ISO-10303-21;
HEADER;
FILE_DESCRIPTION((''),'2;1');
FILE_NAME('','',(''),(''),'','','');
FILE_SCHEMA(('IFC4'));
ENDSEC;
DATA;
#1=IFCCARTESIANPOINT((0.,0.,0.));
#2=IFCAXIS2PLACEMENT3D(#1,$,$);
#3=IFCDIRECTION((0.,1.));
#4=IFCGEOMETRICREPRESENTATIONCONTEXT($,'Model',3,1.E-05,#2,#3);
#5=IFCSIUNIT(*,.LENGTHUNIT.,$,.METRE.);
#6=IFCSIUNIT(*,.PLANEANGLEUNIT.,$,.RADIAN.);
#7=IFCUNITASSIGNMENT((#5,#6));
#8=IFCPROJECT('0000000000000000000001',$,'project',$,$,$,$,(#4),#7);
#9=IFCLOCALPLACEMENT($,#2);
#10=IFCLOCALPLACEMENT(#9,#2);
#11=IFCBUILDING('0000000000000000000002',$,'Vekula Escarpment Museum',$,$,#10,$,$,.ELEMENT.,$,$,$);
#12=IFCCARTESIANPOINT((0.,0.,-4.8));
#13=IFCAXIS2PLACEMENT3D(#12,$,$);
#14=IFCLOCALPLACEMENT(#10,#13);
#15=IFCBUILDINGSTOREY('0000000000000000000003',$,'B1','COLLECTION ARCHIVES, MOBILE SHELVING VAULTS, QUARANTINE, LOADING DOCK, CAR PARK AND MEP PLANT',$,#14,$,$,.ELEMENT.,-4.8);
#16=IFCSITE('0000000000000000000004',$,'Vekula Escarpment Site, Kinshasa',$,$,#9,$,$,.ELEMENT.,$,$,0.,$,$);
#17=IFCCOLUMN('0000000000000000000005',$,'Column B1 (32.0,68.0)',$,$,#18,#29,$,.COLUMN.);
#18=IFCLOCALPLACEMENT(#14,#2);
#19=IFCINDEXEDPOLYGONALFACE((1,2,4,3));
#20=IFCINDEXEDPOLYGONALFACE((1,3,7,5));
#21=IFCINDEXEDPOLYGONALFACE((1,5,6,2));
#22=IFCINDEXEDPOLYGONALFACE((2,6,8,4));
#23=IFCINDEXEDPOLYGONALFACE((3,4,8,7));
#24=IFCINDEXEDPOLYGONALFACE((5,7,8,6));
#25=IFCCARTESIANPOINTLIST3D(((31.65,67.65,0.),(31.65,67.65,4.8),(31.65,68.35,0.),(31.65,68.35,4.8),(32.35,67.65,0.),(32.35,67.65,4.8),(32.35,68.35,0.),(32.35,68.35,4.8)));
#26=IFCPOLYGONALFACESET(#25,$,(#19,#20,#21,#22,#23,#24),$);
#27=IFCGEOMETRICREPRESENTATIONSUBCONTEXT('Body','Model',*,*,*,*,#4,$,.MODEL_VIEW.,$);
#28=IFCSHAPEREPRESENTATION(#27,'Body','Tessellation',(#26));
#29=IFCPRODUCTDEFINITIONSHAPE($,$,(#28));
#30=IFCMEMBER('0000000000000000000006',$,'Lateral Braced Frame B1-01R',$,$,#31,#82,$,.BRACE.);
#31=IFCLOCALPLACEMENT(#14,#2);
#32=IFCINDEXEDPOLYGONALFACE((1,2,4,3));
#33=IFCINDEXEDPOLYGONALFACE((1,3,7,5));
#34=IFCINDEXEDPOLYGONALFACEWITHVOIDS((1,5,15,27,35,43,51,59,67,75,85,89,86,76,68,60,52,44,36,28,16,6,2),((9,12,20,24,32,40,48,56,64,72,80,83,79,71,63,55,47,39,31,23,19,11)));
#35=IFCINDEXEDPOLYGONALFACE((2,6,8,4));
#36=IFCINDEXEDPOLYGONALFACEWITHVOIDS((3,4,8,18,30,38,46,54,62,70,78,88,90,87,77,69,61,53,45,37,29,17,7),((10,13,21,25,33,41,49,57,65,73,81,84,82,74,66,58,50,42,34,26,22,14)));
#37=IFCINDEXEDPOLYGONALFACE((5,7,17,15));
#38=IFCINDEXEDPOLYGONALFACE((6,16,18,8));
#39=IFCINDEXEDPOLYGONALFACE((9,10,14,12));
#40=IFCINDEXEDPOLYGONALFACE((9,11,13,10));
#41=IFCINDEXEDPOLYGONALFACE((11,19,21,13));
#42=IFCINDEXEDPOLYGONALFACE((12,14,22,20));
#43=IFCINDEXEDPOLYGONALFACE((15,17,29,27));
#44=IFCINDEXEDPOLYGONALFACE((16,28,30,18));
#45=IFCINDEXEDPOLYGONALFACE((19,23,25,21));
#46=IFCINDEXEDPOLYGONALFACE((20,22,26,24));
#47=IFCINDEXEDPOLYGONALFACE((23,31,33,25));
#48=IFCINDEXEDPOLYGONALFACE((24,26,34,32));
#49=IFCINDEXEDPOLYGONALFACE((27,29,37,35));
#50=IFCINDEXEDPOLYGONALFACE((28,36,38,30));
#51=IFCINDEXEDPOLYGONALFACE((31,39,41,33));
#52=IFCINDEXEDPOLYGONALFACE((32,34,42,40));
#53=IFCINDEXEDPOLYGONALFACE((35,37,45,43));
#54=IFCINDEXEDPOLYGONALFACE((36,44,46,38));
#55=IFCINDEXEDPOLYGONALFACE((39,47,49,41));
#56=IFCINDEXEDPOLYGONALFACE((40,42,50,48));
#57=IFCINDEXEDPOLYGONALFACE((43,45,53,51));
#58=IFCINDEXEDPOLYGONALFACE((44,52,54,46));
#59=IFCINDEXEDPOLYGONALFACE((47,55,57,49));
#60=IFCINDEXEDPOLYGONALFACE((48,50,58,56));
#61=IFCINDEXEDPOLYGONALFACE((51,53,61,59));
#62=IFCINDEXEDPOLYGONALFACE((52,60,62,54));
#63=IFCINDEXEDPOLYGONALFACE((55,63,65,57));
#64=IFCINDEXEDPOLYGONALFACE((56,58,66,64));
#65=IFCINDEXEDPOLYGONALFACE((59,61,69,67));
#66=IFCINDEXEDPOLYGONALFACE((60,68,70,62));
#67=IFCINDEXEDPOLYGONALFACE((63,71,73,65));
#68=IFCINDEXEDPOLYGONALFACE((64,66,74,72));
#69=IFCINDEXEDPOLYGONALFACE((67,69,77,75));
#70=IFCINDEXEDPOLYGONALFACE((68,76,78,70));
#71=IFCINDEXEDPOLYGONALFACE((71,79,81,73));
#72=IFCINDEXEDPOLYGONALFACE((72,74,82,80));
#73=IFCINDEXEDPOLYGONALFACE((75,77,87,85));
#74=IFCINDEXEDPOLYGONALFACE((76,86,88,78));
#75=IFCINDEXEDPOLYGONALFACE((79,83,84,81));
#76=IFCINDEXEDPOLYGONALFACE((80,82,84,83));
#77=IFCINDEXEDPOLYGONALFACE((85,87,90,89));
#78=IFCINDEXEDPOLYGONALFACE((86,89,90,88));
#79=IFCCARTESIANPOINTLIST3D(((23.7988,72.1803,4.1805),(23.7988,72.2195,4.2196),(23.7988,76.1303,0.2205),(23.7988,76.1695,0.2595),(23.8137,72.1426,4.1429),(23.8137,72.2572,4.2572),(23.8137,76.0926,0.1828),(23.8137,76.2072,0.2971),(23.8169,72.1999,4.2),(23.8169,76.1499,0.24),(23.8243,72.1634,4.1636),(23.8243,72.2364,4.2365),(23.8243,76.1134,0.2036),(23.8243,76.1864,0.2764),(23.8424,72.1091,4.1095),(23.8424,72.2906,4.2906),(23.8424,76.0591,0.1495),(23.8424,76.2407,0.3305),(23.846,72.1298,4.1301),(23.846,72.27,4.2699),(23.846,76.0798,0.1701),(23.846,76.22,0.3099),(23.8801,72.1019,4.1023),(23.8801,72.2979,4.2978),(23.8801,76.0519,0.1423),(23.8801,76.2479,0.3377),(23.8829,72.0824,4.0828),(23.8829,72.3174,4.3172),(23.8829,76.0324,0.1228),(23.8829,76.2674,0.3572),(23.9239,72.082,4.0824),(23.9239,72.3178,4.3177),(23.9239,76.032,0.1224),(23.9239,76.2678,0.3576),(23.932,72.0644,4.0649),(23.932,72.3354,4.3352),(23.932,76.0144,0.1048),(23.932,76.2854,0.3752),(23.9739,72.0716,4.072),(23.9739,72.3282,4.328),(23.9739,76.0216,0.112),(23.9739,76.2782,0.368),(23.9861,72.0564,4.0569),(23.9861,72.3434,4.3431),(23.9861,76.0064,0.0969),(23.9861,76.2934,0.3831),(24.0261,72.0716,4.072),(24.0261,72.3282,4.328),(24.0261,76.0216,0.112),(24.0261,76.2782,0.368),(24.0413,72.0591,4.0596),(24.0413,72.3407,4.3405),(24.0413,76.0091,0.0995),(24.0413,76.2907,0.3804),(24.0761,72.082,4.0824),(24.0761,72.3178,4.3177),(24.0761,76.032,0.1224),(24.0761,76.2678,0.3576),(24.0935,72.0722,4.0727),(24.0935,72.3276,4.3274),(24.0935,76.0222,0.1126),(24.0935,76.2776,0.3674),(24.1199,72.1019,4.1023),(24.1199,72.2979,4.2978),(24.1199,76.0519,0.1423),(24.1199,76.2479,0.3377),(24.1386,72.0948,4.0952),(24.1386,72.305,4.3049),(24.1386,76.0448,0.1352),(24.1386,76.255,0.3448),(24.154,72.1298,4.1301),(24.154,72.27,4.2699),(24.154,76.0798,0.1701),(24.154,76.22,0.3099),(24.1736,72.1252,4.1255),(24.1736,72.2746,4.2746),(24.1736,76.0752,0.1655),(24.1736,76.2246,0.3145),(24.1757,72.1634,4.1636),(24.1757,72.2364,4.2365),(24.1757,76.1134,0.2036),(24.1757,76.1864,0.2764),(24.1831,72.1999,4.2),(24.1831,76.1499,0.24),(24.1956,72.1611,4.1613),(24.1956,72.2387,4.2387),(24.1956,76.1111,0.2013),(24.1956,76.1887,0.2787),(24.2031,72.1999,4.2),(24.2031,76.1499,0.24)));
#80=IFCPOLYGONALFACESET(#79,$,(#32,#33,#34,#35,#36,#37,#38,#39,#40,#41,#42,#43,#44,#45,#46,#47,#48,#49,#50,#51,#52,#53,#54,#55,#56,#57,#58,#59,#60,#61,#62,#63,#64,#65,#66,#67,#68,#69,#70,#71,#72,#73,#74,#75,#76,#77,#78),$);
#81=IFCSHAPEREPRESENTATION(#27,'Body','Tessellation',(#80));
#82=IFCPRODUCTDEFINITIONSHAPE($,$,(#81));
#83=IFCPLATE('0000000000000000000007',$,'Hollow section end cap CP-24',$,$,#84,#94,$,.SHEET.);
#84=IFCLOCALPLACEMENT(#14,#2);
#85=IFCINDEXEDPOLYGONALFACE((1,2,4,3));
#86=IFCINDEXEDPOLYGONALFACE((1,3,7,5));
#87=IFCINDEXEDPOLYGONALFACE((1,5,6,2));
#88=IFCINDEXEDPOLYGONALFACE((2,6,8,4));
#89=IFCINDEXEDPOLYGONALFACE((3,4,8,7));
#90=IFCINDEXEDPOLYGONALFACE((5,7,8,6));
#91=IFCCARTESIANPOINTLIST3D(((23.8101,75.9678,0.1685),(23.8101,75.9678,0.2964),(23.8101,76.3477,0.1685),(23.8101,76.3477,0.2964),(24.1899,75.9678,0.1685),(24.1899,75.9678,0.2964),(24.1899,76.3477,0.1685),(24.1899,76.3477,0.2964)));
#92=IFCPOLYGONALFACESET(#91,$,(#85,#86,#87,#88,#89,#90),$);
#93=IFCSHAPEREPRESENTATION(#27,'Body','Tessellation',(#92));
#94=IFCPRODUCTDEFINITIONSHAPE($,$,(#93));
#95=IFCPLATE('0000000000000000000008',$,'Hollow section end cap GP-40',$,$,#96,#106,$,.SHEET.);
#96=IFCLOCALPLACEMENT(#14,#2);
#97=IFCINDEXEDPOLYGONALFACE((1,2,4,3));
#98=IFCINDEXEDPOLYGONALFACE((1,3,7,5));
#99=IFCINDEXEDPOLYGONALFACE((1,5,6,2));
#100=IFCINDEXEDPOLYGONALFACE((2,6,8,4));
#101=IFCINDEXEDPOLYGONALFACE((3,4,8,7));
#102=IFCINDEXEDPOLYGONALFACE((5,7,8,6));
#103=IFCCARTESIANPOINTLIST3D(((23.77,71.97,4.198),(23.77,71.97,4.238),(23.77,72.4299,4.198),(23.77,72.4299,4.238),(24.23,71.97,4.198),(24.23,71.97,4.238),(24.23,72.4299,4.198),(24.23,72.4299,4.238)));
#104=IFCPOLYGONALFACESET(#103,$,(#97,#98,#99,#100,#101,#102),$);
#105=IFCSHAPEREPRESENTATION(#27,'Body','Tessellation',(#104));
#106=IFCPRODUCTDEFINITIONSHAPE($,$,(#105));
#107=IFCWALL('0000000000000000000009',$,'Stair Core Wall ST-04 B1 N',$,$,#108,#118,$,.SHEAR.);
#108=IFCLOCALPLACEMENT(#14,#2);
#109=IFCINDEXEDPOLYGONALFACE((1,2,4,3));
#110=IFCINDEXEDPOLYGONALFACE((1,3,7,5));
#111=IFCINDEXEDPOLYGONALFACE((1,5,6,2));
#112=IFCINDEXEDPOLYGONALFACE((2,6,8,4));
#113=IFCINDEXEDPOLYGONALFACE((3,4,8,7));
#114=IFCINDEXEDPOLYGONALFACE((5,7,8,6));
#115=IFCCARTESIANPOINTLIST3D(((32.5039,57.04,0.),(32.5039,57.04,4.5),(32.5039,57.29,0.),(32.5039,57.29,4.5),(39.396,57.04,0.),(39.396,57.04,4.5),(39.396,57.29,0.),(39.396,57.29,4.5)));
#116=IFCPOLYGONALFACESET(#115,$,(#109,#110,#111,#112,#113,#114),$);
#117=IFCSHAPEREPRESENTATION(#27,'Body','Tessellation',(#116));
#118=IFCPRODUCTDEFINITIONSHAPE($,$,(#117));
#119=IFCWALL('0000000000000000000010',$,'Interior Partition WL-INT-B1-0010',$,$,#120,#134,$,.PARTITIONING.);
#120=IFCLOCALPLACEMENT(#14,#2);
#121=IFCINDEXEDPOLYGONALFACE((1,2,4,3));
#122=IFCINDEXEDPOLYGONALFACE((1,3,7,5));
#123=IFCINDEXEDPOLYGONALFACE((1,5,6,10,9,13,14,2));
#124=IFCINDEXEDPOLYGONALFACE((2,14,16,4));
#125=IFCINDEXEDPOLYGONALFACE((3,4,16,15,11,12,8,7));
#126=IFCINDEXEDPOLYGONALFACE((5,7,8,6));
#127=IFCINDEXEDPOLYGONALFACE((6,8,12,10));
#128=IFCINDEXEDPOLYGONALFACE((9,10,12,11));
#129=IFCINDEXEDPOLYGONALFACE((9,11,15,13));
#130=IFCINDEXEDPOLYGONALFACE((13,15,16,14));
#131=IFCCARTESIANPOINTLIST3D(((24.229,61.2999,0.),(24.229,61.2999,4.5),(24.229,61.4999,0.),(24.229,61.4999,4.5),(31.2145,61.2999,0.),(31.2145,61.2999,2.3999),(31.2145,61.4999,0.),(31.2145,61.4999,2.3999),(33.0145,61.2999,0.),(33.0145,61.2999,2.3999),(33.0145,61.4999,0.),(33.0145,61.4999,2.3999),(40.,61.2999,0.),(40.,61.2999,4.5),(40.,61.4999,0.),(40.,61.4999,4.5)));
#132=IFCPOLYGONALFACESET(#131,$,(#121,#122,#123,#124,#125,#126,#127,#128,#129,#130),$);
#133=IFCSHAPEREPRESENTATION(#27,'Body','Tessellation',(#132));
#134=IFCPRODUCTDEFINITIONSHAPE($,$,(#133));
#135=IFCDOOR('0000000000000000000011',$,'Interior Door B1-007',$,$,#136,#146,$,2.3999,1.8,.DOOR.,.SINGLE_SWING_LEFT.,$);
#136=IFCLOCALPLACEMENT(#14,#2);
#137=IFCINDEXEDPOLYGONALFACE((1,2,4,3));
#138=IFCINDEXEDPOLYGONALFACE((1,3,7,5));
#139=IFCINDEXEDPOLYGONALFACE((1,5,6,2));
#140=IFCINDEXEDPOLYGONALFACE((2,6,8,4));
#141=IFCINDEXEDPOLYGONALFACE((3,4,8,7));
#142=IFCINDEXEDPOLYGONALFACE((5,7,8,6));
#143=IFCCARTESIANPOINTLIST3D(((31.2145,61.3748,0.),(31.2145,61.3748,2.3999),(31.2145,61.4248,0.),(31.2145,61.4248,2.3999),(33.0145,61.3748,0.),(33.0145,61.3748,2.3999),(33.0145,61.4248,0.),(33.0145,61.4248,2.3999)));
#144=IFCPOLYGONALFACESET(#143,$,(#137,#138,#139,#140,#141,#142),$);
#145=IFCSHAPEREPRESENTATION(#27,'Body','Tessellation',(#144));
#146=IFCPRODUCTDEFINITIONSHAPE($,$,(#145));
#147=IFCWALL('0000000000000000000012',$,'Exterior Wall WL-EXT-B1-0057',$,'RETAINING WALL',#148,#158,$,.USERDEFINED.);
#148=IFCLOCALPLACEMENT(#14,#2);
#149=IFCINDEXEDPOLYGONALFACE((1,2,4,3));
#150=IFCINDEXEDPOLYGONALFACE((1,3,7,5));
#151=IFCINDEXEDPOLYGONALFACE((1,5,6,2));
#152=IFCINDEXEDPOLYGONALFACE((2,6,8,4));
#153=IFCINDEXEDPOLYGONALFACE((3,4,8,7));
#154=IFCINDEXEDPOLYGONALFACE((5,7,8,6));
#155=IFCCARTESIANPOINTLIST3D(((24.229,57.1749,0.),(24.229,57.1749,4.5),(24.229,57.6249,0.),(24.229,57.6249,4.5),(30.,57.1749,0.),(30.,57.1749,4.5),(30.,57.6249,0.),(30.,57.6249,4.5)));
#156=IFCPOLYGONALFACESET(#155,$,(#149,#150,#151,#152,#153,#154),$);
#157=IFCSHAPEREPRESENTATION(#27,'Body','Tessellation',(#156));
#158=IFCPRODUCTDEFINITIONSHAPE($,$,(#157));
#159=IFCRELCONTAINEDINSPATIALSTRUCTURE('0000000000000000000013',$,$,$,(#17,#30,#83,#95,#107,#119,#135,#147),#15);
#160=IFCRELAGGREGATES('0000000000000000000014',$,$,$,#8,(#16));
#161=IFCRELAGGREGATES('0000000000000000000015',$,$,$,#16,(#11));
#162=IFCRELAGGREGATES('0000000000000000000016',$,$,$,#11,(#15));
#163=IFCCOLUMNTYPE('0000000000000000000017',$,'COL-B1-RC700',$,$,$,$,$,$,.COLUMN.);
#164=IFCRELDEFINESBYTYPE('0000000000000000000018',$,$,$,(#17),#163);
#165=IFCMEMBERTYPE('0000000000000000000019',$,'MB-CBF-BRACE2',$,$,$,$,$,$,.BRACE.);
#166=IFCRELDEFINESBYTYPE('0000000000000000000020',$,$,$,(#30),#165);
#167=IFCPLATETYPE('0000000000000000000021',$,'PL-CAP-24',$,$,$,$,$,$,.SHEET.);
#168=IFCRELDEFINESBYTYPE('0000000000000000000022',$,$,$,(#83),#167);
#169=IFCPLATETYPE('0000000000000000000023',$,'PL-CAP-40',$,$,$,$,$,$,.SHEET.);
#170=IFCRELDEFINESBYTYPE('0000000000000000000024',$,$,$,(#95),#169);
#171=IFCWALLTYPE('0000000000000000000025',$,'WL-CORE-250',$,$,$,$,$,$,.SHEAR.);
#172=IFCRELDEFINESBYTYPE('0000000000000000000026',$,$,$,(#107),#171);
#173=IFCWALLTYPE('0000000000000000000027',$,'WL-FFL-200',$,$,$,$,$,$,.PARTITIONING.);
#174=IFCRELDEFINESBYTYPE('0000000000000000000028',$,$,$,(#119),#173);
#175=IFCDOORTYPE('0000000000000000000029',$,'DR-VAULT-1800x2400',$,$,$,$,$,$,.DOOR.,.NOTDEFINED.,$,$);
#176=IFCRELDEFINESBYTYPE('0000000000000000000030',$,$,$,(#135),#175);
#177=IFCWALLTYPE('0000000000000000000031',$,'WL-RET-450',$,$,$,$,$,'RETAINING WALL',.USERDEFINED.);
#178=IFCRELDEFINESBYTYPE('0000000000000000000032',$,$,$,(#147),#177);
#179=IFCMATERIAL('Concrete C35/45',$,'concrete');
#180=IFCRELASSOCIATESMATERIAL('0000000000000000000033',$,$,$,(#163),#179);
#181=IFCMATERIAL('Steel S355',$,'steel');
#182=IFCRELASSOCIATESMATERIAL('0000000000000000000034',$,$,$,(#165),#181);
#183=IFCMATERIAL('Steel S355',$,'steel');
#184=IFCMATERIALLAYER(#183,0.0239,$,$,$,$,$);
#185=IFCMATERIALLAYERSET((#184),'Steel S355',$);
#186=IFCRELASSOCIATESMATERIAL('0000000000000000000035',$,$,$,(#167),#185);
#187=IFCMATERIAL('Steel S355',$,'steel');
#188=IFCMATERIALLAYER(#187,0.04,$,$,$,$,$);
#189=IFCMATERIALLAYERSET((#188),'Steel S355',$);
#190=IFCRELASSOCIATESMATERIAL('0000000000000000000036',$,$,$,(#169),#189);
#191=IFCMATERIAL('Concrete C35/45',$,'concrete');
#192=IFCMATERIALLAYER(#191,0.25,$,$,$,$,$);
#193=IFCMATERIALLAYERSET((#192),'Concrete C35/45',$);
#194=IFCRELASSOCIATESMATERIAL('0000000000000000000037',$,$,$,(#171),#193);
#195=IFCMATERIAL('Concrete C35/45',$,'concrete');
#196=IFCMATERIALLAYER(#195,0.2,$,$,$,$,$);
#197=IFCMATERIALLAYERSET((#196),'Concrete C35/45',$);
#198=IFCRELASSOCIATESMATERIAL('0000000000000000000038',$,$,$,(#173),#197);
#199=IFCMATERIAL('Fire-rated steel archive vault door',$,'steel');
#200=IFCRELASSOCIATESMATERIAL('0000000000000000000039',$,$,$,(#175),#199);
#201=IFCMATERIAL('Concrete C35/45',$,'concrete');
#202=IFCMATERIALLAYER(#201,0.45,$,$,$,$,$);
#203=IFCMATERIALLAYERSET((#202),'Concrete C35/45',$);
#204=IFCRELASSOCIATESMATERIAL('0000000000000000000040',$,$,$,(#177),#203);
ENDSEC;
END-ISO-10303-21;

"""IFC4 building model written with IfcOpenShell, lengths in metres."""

from ifc_helpers import new_model, si_unit, direction, frame, frame_2d, origin, origin_2d, place, context, subcontext, project, spatial, rectangle, hollow_circle, extrude, material, layer, layer_set, material_profile, profile_set, type_object, element, fill, save


model = new_model("IFC4")

# Units and contexts
model_context = context("Model", 3, precision=1e-05, world=origin(), true_north=direction((0.0, 1.0)))
body_context = subcontext(model_context, "Body", "Model", "MODEL_VIEW")
ifc_project = project(units=[si_unit("LENGTHUNIT", "METRE"), si_unit("PLANEANGLEUNIT", "RADIAN")], contexts=[model_context])

# Site, building, storey
site_placement = place(None, origin())
site = spatial("IfcSite", under=ifc_project, at=site_placement, Name="Vekula Escarpment Site, Kinshasa", CompositionType="ELEMENT", RefElevation=0.0)
building_placement = place(site_placement, origin())
building = spatial("IfcBuilding", under=site, at=building_placement, Name="Vekula Escarpment Museum", CompositionType="ELEMENT")
storey_placement = place(building_placement, frame((0.0, 0.0, -4.8)))
storey = spatial("IfcBuildingStorey", under=building, at=storey_placement, Name="B1", Description="COLLECTION ARCHIVES, MOBILE SHELVING VAULTS, QUARANTINE, LOADING DOCK, CAR PARK AND MEP PLANT", CompositionType="ELEMENT", Elevation=-4.8)

# Column
ifc_material_1 = material(Name="Concrete C35/45", Category="concrete")
ifc_material_profile_1 = material_profile(ifc_material_1, rectangle(XDim=0.7, YDim=0.7, at=origin_2d()), Name="RC 700x700")
ifc_profile_set_1 = profile_set([ifc_material_profile_1], Name="Concrete C35/45")
column_type = type_object("IfcColumnType", Name="COL-B1-RC700", PredefinedType="COLUMN", material=ifc_profile_set_1)
for number, where, z_axis, x_axis, name in (
    (1, (32.0, 68.0, 0.0), (0.0, 0.0, 1.0), (1.0, 0.0, 0.0), "Column B1 (32.0,68.0)"),
):
    element("IfcColumn", number, at=place(storey_placement, frame(where, z_axis=z_axis, x_axis=x_axis)), inside=storey, type_object=column_type, Name=name, PredefinedType="COLUMN", context=body_context, shape_type="SweptSolid", body=[
        extrude(rectangle(XDim=0.7, YDim=0.7, at=origin_2d()), origin(), (0.0, 0.0, 1.0), 4.8),
    ])

# Member
ifc_material_2 = material(Name="Steel S355", Category="steel")
ifc_material_profile_2 = material_profile(ifc_material_2, hollow_circle(Radius=0.2031, WallThickness=0.02, at=origin_2d()), Name="CHS 406.4x20")
ifc_profile_set_2 = profile_set([ifc_material_profile_2], Name="Steel S355")
member_type = type_object("IfcMemberType", Name="MB-CBF-BRACE2", PredefinedType="BRACE", material=ifc_profile_set_2)
member_placement = place(storey_placement, frame((24.0, 76.1499, 0.24), z_axis=(0.0, -0.706211, 0.708001), x_axis=(1.0, 0.0, 0.0)))
element("IfcMember", 2, at=member_placement, inside=storey, type_object=member_type, Name="Lateral Braced Frame B1-01R", PredefinedType="BRACE", context=body_context, shape_type="SweptSolid", body=[
    extrude(hollow_circle(Radius=0.2031, WallThickness=0.02, at=origin_2d()), origin(), (0.0, 0.0, 1.0), 5.5933),
])

# Plates
ifc_material_3 = material(Name="Steel S355", Category="steel")
ifc_layer_1 = layer(ifc_material_3, 0.0239)
ifc_layer_set_1 = layer_set([ifc_layer_1], Name="Steel S355")
plate_type_1 = type_object("IfcPlateType", Name="PL-CAP-24", PredefinedType="SHEET", material=ifc_layer_set_1)
plate_1_placement = place(storey_placement, frame((24.0, 76.1577, 0.1685), z_axis=(0.0, 0.0, 1.0), x_axis=(1.0, 0.0, 0.0)))
element("IfcPlate", 3, at=plate_1_placement, inside=storey, type_object=plate_type_1, Name="Hollow section end cap CP-24", PredefinedType="SHEET", context=body_context, shape_type="SweptSolid", body=[
    extrude(rectangle(XDim=0.3799, YDim=0.3799, at=origin_2d()), origin(), (0.0, 0.0, 1.0), 0.1279),
])
ifc_material_4 = material(Name="Steel S355", Category="steel")
ifc_layer_2 = layer(ifc_material_4, 0.04)
ifc_layer_set_2 = layer_set([ifc_layer_2], Name="Steel S355")
plate_type_2 = type_object("IfcPlateType", Name="PL-CAP-40", PredefinedType="SHEET", material=ifc_layer_set_2)
plate_2_placement = place(storey_placement, frame((24.0, 72.2, 4.198), z_axis=(0.0, 0.0, 1.0), x_axis=(1.0, 0.0, 0.0)))
element("IfcPlate", 4, at=plate_2_placement, inside=storey, type_object=plate_type_2, Name="Hollow section end cap GP-40", PredefinedType="SHEET", context=body_context, shape_type="SweptSolid", body=[
    extrude(rectangle(XDim=0.46, YDim=0.46, at=origin_2d()), origin(), (0.0, 0.0, 1.0), 0.04),
])

# Wall
ifc_material_5 = material(Name="Concrete C35/45", Category="concrete")
ifc_layer_3 = layer(ifc_material_5, 0.25)
ifc_layer_set_3 = layer_set([ifc_layer_3], Name="Concrete C35/45")
wall_type_1 = type_object("IfcWallType", Name="WL-CORE-250", PredefinedType="SHEAR", material=ifc_layer_set_3)
wall_1_placement = place(storey_placement, frame((32.5039, 57.165, 0.0), z_axis=(0.0, 0.0, 1.0), x_axis=(1.0, 0.0, 0.0)))
element("IfcWall", 5, at=wall_1_placement, inside=storey, type_object=wall_type_1, Name="Stair Core Wall ST-04 B1 N", PredefinedType="SHEAR", context=body_context, shape_type="SweptSolid", body=[
    extrude(rectangle(XDim=6.8921, YDim=0.25, at=frame_2d((3.446, 0.0))), origin(), (0.0, 0.0, 1.0), 4.5),
])

# Wall, opening, door
ifc_material_6 = material(Name="Concrete C35/45", Category="concrete")
ifc_layer_4 = layer(ifc_material_6, 0.2)
ifc_layer_set_4 = layer_set([ifc_layer_4], Name="Concrete C35/45")
wall_type_2 = type_object("IfcWallType", Name="WL-FFL-200", PredefinedType="PARTITIONING", material=ifc_layer_set_4)
wall_2_placement = place(storey_placement, frame((24.229, 61.3999, 0.0), z_axis=(0.0, 0.0, 1.0), x_axis=(1.0, 0.0, 0.0)))
wall_2 = element("IfcWall", 6, at=wall_2_placement, inside=storey, type_object=wall_type_2, Name="Interior Partition WL-INT-B1-0010", PredefinedType="PARTITIONING", context=body_context, shape_type="SweptSolid", body=[
    extrude(rectangle(XDim=15.771, YDim=0.2, at=frame_2d((7.8855, 0.0))), origin(), (0.0, 0.0, 1.0), 4.5),
])
opening_placement = place(wall_2_placement, frame((6.9856, 0.0, 0.0)))
opening = element("IfcOpeningElement", 7, at=opening_placement, cuts=wall_2, PredefinedType="OPENING", context=body_context, shape_type="SweptSolid", body=[
    extrude(rectangle(XDim=1.8, YDim=2.3999, at=frame_2d((0.8999, 1.2))), frame((0.0, 0.1099, 0.0), z_axis=(0.0, -1.0, 0.0), x_axis=(1.0, 0.0, 0.0)), (0.0, 0.0, 1.0), 0.22),
])
ifc_material_7 = material(Name="Fire-rated steel archive vault door", Category="steel")
door_type = type_object("IfcDoorType", Name="DR-VAULT-1800x2400", OperationType="NOTDEFINED", PredefinedType="DOOR", material=ifc_material_7)
door_placement = place(opening_placement, origin())
door = element("IfcDoor", 8, at=door_placement, inside=storey, type_object=door_type, Name="Interior Door B1-007", OperationType="SINGLE_SWING_LEFT", OverallHeight=2.3999, OverallWidth=1.8, PredefinedType="DOOR", context=body_context, shape_type="SweptSolid", body=[
    extrude(rectangle(XDim=1.8, YDim=2.3999, at=frame_2d((0.8999, 1.2))), frame((0.0, 0.0249, 0.0), z_axis=(0.0, -1.0, 0.0), x_axis=(1.0, 0.0, 0.0)), (0.0, 0.0, 1.0), 0.05),
])
fill(opening, door)

# Wall
ifc_material_8 = material(Name="Concrete C35/45", Category="concrete")
ifc_layer_5 = layer(ifc_material_8, 0.45)
ifc_layer_set_5 = layer_set([ifc_layer_5], Name="Concrete C35/45")
wall_type_3 = type_object("IfcWallType", Name="WL-RET-450", ElementType="RETAINING WALL", PredefinedType="USERDEFINED", material=ifc_layer_set_5)
wall_3_placement = place(storey_placement, frame((30.0, 57.3999, 0.0), z_axis=(0.0, 0.0, 1.0), x_axis=(-1.0, 0.0, 0.0)))
element("IfcWall", 9, at=wall_3_placement, inside=storey, type_object=wall_type_3, Name="Exterior Wall WL-EXT-B1-0057", ObjectType="RETAINING WALL", PredefinedType="USERDEFINED", context=body_context, shape_type="SweptSolid", body=[
    extrude(rectangle(XDim=5.771, YDim=0.45, at=frame_2d((2.8855, 0.0))), origin(), (0.0, 0.0, 1.0), 4.5),
])

save(model, "model.ifc")
